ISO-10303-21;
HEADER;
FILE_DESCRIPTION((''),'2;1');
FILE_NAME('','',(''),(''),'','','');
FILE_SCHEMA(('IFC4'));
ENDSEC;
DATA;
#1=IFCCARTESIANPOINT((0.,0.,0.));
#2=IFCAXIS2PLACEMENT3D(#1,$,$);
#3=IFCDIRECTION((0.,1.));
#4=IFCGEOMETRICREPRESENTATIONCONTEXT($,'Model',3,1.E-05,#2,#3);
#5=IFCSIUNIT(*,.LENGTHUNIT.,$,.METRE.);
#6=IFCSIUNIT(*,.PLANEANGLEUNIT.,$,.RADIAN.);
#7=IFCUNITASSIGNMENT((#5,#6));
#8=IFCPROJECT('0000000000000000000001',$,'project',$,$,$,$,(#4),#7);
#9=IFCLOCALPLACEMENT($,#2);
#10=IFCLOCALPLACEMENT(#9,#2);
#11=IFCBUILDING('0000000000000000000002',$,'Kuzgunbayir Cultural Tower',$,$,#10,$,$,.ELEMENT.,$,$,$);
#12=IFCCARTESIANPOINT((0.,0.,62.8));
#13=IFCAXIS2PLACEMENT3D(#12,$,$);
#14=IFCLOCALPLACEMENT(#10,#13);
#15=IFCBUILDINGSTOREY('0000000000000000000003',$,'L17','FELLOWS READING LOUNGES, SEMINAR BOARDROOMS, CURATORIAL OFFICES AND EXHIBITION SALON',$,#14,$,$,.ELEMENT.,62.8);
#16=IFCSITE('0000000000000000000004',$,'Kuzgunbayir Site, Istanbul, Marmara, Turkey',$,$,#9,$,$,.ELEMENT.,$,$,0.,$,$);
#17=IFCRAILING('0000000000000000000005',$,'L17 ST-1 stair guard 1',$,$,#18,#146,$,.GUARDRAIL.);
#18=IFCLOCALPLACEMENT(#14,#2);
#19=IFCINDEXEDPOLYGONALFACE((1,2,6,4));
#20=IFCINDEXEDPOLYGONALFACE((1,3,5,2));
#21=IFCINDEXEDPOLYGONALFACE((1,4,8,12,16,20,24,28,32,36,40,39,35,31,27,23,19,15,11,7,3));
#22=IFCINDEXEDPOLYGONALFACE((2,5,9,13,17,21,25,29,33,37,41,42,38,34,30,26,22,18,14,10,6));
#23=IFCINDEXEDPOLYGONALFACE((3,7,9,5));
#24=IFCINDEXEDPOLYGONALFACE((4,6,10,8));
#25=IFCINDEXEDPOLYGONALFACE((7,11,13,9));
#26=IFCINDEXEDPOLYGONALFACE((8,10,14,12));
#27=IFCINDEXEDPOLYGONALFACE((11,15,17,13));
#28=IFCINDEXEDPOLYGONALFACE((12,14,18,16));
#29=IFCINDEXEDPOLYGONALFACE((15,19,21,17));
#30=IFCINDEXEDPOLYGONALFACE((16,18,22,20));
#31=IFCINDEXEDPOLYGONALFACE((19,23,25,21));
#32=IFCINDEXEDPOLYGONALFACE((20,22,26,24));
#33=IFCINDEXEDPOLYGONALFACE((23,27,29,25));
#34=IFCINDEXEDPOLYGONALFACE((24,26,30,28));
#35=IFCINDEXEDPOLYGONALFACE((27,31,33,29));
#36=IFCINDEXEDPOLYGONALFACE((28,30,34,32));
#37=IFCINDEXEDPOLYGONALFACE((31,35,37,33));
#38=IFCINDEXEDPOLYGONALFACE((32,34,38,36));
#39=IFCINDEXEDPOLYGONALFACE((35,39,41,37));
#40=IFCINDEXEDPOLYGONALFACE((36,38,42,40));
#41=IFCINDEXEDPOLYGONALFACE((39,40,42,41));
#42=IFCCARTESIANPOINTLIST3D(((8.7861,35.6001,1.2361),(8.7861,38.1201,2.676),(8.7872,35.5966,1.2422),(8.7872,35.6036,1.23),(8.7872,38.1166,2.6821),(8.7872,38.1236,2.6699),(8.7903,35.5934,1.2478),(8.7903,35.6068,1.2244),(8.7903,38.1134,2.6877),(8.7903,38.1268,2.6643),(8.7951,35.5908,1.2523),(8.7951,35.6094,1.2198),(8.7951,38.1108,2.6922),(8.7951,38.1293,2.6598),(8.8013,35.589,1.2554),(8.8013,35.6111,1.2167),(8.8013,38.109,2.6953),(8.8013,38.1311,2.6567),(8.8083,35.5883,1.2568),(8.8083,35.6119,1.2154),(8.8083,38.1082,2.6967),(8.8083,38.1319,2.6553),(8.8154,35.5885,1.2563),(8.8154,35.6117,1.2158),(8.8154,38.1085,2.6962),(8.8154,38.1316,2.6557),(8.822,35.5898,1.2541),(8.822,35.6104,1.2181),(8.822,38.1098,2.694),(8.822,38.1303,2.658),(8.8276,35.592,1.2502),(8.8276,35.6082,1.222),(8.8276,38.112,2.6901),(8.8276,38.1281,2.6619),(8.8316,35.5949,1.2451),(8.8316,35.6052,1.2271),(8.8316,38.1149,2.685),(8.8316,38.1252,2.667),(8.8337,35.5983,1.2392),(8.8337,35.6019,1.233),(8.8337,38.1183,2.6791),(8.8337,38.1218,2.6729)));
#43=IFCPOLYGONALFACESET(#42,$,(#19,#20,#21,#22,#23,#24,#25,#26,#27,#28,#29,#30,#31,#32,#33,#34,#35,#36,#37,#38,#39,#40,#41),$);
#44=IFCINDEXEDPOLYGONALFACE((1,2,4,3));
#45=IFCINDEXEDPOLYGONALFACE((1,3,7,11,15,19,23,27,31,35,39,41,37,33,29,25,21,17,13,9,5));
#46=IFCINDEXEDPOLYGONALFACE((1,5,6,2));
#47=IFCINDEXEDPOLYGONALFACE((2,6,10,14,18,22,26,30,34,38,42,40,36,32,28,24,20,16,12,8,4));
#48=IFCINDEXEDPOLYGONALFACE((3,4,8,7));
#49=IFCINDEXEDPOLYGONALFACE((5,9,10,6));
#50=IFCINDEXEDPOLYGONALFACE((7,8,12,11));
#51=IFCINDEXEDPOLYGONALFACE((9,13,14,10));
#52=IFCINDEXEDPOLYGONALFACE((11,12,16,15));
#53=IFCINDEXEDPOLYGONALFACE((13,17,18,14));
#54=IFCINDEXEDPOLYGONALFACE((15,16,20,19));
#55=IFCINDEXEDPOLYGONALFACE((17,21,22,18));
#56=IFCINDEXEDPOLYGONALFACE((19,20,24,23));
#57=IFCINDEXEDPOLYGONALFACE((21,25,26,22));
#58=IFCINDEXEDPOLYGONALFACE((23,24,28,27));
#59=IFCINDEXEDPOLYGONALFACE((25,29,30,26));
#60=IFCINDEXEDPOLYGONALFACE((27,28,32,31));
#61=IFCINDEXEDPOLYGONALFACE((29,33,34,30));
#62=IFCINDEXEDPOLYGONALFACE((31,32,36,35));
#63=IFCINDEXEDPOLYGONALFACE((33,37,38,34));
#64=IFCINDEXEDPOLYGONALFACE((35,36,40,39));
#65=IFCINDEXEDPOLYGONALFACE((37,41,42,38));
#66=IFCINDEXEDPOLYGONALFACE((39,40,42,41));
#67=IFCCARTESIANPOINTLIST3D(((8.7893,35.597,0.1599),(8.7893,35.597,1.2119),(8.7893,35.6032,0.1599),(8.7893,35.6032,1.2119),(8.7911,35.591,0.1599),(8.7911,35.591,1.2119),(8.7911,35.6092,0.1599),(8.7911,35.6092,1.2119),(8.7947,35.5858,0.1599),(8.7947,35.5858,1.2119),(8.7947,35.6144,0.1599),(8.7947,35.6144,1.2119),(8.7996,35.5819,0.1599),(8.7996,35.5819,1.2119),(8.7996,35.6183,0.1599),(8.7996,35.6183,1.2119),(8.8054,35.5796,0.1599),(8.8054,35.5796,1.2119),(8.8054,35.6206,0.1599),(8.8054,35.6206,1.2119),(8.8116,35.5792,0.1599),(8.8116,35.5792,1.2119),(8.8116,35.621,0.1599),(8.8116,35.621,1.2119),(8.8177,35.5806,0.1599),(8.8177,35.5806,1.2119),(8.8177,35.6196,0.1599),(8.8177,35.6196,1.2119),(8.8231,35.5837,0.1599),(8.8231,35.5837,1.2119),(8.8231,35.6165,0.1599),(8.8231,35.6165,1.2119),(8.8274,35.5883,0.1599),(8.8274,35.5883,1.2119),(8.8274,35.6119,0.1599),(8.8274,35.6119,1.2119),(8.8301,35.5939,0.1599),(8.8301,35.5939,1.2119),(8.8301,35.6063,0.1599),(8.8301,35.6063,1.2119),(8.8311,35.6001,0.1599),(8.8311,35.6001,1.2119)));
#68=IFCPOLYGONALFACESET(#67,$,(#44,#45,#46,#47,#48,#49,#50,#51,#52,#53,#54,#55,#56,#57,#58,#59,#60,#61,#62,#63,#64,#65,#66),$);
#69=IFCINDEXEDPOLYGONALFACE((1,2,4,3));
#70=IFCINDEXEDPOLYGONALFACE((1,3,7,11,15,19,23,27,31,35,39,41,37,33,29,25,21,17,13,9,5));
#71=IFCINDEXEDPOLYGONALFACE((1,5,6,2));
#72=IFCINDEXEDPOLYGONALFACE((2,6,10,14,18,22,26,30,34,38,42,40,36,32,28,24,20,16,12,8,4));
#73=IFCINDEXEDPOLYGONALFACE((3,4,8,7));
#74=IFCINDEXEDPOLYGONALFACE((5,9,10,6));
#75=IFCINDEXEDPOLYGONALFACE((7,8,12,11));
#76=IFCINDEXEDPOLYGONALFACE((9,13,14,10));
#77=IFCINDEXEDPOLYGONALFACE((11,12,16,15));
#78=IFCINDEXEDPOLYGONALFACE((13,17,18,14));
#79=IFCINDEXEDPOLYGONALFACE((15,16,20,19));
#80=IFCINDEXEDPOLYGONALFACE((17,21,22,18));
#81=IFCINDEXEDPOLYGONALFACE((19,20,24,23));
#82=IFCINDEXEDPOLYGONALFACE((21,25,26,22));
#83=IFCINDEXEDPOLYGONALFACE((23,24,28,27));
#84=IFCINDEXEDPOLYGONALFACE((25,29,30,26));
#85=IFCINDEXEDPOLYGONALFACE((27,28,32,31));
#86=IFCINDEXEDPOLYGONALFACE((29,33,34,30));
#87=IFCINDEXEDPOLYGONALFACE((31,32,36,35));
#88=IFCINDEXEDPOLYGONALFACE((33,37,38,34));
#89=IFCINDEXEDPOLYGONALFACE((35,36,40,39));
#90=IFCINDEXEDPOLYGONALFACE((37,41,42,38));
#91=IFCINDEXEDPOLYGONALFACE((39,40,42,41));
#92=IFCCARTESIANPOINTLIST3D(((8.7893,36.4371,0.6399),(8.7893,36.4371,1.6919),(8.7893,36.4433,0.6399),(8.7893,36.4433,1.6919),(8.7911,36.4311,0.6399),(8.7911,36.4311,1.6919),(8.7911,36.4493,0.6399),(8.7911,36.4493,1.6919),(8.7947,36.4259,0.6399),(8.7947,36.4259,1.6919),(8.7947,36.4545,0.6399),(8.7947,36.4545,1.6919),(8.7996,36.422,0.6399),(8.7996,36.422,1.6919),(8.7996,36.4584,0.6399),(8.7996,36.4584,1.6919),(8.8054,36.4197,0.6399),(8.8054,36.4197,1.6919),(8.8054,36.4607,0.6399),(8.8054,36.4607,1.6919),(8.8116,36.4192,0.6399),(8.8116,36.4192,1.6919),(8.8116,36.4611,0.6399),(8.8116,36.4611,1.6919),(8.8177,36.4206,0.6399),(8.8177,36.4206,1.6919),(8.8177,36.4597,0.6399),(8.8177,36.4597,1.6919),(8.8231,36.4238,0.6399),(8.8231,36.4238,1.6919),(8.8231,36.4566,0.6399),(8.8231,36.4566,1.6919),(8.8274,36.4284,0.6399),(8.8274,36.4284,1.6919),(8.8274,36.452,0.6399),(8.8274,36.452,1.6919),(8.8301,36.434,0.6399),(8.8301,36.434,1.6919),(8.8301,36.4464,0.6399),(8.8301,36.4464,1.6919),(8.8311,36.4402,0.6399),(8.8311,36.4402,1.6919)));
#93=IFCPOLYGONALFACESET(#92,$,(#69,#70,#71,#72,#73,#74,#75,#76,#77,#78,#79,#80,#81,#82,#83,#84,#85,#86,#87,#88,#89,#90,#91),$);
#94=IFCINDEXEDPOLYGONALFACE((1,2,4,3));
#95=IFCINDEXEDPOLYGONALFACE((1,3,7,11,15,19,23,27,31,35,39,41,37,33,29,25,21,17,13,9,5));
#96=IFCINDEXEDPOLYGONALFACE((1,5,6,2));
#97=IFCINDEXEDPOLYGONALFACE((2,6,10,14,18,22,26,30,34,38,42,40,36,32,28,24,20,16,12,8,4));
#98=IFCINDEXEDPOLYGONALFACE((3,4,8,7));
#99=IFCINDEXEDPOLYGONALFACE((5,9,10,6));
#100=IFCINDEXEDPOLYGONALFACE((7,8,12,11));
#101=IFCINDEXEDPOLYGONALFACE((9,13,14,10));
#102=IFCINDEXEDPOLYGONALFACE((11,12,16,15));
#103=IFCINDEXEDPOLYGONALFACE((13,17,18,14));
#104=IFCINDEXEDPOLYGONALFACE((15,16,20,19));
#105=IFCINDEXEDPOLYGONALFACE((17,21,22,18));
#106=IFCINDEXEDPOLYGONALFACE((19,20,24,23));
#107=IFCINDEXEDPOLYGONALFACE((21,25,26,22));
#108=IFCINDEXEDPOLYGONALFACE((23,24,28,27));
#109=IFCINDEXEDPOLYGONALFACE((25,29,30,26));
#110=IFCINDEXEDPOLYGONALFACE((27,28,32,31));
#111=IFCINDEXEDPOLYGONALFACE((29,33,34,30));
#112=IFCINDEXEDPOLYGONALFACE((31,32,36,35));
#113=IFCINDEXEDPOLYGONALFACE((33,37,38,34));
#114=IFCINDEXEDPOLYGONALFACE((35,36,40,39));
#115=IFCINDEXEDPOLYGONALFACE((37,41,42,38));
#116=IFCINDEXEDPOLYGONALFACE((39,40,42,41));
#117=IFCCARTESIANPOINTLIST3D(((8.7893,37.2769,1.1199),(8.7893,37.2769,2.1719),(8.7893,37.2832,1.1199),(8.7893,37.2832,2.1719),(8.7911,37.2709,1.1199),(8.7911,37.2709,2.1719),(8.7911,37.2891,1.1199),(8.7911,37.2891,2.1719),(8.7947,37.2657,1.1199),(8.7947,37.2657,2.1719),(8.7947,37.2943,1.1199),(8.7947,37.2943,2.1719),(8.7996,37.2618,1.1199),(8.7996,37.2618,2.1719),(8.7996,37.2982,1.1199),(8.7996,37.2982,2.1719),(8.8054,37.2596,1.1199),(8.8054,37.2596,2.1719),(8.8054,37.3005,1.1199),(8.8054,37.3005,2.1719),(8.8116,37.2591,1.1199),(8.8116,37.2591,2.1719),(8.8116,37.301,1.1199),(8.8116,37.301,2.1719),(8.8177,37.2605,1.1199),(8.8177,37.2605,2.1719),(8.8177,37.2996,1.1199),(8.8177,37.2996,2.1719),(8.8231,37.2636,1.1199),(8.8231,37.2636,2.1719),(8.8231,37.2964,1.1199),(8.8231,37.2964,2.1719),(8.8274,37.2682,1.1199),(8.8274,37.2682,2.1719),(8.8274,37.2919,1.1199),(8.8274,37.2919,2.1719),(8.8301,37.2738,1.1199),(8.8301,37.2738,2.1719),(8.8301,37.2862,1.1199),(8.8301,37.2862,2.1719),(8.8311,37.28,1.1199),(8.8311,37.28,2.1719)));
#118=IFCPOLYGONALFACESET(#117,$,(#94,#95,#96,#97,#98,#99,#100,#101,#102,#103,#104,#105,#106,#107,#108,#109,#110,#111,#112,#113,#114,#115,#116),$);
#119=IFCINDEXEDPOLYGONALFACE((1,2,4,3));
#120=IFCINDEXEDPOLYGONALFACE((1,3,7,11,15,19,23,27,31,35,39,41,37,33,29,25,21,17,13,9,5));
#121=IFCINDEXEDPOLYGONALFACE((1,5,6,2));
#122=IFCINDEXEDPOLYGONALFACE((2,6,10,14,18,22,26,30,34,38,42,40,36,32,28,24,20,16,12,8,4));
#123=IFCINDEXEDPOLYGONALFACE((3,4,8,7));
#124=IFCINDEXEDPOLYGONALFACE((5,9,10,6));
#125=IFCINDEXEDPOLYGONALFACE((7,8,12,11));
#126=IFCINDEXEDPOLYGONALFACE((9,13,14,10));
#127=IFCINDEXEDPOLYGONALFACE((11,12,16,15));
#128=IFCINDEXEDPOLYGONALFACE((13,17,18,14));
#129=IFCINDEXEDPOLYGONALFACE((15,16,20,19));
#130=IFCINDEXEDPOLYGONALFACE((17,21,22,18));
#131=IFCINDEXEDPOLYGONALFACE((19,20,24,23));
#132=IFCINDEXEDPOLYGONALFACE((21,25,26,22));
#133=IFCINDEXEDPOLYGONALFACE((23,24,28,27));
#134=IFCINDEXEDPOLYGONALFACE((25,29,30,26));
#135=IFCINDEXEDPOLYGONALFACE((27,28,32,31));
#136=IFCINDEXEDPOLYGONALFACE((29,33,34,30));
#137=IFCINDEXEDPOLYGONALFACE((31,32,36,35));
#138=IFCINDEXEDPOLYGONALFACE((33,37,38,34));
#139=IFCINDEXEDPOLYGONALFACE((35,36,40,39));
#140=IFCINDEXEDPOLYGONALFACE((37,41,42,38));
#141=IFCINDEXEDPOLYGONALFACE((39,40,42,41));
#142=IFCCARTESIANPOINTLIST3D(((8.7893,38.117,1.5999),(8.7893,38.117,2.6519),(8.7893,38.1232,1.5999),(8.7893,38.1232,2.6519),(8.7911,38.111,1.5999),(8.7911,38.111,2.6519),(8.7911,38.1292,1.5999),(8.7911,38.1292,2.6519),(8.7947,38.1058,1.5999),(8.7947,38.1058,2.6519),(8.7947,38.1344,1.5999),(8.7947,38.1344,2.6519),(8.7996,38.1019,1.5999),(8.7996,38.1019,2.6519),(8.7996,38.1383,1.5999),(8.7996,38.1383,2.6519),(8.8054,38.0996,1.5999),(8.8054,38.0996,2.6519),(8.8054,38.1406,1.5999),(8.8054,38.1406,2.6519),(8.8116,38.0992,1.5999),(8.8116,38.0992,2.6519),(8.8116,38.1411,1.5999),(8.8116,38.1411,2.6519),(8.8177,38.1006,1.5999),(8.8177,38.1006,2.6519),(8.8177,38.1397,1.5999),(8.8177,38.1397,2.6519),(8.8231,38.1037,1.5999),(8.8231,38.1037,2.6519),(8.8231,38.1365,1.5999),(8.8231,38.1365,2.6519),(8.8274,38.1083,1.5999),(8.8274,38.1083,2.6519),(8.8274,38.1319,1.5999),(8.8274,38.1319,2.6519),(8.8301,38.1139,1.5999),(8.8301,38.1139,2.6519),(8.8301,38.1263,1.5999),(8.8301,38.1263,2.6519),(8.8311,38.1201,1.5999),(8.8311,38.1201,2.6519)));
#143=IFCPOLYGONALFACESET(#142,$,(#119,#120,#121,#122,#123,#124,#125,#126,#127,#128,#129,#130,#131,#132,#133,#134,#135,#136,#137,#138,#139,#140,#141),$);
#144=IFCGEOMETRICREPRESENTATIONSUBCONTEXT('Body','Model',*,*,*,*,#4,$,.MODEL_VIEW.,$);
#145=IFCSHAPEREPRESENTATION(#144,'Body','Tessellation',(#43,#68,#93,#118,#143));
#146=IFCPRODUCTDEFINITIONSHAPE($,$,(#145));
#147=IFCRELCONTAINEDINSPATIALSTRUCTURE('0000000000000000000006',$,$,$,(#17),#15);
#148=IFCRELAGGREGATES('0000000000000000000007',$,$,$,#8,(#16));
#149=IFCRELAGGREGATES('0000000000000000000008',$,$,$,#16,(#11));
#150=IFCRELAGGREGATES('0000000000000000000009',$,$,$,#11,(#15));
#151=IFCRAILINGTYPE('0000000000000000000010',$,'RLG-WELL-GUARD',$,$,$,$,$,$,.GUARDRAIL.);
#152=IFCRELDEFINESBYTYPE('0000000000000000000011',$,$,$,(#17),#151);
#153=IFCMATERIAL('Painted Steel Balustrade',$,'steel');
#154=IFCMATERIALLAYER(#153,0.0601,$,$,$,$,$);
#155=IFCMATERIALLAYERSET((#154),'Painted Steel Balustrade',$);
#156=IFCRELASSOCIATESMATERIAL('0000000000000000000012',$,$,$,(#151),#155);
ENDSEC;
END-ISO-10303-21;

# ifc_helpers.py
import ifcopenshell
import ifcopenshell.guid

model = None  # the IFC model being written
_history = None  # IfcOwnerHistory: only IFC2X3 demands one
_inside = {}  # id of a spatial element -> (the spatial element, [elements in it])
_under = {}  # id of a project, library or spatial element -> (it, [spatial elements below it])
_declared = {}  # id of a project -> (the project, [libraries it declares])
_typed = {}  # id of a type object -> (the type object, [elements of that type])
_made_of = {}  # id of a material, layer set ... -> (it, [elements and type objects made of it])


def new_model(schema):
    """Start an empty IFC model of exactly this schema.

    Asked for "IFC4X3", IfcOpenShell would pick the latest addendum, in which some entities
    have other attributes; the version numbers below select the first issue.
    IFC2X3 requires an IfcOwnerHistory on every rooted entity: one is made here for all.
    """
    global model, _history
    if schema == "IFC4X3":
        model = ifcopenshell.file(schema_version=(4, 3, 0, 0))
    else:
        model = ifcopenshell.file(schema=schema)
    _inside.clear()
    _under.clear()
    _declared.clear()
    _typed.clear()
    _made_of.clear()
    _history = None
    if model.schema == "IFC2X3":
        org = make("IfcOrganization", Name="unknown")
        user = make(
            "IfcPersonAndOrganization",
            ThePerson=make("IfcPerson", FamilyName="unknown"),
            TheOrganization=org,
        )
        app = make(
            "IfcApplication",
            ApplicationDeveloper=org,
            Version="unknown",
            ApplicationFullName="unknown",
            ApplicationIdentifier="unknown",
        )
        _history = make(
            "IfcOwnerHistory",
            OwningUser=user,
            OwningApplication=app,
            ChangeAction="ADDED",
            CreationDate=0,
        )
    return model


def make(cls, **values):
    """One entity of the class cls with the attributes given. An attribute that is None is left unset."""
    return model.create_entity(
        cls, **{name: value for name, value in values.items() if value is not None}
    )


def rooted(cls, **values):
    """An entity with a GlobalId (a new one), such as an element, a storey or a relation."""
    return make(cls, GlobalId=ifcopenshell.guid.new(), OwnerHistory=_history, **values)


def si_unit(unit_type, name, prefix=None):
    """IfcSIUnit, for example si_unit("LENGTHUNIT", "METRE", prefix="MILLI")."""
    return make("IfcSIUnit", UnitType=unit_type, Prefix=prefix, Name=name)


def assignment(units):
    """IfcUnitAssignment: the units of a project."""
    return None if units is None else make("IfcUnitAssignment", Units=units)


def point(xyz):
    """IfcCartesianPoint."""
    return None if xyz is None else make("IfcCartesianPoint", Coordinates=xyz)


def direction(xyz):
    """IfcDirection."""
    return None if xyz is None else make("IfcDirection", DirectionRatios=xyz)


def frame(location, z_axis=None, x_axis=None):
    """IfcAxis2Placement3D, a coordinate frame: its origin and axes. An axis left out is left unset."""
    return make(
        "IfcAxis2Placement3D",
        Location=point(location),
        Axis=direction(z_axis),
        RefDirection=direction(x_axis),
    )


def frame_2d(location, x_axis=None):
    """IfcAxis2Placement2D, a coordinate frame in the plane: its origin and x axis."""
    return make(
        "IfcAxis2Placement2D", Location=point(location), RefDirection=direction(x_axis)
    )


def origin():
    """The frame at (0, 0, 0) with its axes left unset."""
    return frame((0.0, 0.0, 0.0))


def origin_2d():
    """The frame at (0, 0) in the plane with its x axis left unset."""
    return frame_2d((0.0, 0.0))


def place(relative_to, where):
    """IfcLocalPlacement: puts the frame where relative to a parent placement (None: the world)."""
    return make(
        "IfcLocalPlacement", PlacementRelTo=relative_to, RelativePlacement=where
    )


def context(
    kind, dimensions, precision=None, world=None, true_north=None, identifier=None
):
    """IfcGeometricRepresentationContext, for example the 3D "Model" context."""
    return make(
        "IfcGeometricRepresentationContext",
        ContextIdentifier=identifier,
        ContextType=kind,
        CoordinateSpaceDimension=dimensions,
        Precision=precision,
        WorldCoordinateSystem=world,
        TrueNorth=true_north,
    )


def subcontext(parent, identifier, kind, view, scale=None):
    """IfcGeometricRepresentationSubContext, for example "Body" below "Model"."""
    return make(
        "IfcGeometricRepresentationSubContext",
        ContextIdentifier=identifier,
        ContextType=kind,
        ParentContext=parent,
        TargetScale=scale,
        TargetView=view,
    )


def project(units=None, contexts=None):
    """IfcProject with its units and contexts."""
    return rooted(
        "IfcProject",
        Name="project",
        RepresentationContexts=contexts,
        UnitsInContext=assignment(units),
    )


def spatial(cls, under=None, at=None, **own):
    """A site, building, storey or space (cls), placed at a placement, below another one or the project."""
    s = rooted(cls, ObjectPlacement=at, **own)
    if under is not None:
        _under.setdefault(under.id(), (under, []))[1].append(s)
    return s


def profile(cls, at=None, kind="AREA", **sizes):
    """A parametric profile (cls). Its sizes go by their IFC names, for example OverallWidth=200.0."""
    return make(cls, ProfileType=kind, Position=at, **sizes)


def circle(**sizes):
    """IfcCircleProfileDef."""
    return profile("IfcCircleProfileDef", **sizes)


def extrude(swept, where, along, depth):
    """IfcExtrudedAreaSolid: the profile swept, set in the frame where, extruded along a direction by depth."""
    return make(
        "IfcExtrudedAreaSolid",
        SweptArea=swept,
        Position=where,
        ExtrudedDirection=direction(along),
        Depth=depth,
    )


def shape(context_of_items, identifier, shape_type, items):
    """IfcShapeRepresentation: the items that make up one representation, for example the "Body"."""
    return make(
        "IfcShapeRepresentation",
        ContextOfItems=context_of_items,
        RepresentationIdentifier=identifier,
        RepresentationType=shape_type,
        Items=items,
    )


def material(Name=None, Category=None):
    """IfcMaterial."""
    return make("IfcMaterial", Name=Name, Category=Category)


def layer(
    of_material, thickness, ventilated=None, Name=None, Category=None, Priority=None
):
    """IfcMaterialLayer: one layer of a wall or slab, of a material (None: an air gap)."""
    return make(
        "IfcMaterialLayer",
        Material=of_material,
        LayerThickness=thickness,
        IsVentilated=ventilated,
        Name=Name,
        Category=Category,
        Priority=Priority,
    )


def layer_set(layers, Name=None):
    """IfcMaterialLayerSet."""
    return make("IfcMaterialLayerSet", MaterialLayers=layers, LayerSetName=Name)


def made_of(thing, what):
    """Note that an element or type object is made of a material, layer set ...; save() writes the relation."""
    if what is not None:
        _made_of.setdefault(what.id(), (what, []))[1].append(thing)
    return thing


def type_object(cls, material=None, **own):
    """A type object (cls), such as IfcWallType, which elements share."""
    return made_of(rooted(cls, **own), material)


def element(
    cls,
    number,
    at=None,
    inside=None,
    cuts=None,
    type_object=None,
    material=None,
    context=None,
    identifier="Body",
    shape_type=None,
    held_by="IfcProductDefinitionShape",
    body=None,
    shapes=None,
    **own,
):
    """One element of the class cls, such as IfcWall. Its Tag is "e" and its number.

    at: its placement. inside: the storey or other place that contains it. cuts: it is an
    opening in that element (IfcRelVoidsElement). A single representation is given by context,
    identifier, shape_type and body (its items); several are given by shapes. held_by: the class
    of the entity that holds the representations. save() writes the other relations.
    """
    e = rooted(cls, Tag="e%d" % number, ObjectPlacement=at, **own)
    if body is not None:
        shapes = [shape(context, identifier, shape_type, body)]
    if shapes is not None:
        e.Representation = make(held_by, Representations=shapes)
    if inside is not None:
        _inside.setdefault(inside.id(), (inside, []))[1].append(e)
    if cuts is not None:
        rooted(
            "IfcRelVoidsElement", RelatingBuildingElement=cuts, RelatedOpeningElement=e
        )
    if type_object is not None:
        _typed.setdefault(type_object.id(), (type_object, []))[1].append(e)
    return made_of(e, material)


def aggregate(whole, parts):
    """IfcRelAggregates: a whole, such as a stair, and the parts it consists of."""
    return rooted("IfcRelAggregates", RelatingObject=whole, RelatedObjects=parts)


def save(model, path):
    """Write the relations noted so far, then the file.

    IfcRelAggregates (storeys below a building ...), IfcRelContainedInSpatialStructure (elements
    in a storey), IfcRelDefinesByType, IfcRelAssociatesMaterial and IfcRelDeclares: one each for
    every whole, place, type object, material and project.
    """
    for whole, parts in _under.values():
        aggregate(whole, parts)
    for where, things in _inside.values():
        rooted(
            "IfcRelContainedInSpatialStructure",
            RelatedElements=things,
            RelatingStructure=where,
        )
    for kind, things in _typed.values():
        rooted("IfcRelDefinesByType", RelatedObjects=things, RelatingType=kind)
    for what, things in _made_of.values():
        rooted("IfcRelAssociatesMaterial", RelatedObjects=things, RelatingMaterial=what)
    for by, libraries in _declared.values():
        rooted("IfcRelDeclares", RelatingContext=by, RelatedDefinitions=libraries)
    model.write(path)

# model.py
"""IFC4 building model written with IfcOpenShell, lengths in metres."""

from ifc_helpers import new_model, si_unit, direction, frame, origin, origin_2d, place, context, subcontext, project, spatial, circle, extrude, material, layer, layer_set, type_object, element, save


model = new_model("IFC4")

# Units and contexts
model_context = context("Model", 3, precision=1e-05, world=origin(), true_north=direction((0.0, 1.0)))
body_context = subcontext(model_context, "Body", "Model", "MODEL_VIEW")
ifc_project = project(units=[si_unit("LENGTHUNIT", "METRE"), si_unit("PLANEANGLEUNIT", "RADIAN")], contexts=[model_context])

# Site, building, storey
site_placement = place(None, origin())
site = spatial("IfcSite", under=ifc_project, at=site_placement, Name="Kuzgunbayir Site, Istanbul, Marmara, Turkey", CompositionType="ELEMENT", RefElevation=0.0)
building_placement = place(site_placement, origin())
building = spatial("IfcBuilding", under=site, at=building_placement, Name="Kuzgunbayir Cultural Tower", CompositionType="ELEMENT")
storey_placement = place(building_placement, frame((0.0, 0.0, 62.8)))
storey = spatial("IfcBuildingStorey", under=building, at=storey_placement, Name="L17", Description="FELLOWS READING LOUNGES, SEMINAR BOARDROOMS, CURATORIAL OFFICES AND EXHIBITION SALON", CompositionType="ELEMENT", Elevation=62.8)

# Railing
ifc_material_1 = material(Name="Painted Steel Balustrade", Category="steel")
ifc_layer_1 = layer(ifc_material_1, 0.0601)
ifc_layer_set_1 = layer_set([ifc_layer_1], Name="Painted Steel Balustrade")
railing_type = type_object("IfcRailingType", Name="RLG-WELL-GUARD", PredefinedType="GUARDRAIL", material=ifc_layer_set_1)
railing_1_placement = place(storey_placement, frame((8.8101, 35.6001, 0.1599)))
element("IfcRailing", 1, at=railing_1_placement, inside=storey, type_object=railing_type, Name="L17 ST-1 stair guard 1", PredefinedType="GUARDRAIL", context=body_context, shape_type="SweptSolid", body=[
    extrude(circle(Radius=0.0239, at=origin_2d()), frame((0.0, 0.0, 1.0762), z_axis=(0.0, 0.868253, 0.496121), x_axis=(-1.0, 0.0, 0.0)), (0.0, 0.0, 1.0), 2.9023),
    extrude(circle(Radius=0.021, at=origin_2d()), origin(), (0.0, 0.0, 1.0), 1.052),
    extrude(circle(Radius=0.021, at=origin_2d()), frame((0.0, 0.8401, 0.48)), (0.0, 0.0, 1.0), 1.052),
    extrude(circle(Radius=0.021, at=origin_2d()), frame((0.0, 1.6799, 0.96)), (0.0, 0.0, 1.0), 1.052),
    extrude(circle(Radius=0.021, at=origin_2d()), frame((0.0, 2.52, 1.4399)), (0.0, 0.0, 1.0), 1.052),
])

save(model, "model.ifc")
